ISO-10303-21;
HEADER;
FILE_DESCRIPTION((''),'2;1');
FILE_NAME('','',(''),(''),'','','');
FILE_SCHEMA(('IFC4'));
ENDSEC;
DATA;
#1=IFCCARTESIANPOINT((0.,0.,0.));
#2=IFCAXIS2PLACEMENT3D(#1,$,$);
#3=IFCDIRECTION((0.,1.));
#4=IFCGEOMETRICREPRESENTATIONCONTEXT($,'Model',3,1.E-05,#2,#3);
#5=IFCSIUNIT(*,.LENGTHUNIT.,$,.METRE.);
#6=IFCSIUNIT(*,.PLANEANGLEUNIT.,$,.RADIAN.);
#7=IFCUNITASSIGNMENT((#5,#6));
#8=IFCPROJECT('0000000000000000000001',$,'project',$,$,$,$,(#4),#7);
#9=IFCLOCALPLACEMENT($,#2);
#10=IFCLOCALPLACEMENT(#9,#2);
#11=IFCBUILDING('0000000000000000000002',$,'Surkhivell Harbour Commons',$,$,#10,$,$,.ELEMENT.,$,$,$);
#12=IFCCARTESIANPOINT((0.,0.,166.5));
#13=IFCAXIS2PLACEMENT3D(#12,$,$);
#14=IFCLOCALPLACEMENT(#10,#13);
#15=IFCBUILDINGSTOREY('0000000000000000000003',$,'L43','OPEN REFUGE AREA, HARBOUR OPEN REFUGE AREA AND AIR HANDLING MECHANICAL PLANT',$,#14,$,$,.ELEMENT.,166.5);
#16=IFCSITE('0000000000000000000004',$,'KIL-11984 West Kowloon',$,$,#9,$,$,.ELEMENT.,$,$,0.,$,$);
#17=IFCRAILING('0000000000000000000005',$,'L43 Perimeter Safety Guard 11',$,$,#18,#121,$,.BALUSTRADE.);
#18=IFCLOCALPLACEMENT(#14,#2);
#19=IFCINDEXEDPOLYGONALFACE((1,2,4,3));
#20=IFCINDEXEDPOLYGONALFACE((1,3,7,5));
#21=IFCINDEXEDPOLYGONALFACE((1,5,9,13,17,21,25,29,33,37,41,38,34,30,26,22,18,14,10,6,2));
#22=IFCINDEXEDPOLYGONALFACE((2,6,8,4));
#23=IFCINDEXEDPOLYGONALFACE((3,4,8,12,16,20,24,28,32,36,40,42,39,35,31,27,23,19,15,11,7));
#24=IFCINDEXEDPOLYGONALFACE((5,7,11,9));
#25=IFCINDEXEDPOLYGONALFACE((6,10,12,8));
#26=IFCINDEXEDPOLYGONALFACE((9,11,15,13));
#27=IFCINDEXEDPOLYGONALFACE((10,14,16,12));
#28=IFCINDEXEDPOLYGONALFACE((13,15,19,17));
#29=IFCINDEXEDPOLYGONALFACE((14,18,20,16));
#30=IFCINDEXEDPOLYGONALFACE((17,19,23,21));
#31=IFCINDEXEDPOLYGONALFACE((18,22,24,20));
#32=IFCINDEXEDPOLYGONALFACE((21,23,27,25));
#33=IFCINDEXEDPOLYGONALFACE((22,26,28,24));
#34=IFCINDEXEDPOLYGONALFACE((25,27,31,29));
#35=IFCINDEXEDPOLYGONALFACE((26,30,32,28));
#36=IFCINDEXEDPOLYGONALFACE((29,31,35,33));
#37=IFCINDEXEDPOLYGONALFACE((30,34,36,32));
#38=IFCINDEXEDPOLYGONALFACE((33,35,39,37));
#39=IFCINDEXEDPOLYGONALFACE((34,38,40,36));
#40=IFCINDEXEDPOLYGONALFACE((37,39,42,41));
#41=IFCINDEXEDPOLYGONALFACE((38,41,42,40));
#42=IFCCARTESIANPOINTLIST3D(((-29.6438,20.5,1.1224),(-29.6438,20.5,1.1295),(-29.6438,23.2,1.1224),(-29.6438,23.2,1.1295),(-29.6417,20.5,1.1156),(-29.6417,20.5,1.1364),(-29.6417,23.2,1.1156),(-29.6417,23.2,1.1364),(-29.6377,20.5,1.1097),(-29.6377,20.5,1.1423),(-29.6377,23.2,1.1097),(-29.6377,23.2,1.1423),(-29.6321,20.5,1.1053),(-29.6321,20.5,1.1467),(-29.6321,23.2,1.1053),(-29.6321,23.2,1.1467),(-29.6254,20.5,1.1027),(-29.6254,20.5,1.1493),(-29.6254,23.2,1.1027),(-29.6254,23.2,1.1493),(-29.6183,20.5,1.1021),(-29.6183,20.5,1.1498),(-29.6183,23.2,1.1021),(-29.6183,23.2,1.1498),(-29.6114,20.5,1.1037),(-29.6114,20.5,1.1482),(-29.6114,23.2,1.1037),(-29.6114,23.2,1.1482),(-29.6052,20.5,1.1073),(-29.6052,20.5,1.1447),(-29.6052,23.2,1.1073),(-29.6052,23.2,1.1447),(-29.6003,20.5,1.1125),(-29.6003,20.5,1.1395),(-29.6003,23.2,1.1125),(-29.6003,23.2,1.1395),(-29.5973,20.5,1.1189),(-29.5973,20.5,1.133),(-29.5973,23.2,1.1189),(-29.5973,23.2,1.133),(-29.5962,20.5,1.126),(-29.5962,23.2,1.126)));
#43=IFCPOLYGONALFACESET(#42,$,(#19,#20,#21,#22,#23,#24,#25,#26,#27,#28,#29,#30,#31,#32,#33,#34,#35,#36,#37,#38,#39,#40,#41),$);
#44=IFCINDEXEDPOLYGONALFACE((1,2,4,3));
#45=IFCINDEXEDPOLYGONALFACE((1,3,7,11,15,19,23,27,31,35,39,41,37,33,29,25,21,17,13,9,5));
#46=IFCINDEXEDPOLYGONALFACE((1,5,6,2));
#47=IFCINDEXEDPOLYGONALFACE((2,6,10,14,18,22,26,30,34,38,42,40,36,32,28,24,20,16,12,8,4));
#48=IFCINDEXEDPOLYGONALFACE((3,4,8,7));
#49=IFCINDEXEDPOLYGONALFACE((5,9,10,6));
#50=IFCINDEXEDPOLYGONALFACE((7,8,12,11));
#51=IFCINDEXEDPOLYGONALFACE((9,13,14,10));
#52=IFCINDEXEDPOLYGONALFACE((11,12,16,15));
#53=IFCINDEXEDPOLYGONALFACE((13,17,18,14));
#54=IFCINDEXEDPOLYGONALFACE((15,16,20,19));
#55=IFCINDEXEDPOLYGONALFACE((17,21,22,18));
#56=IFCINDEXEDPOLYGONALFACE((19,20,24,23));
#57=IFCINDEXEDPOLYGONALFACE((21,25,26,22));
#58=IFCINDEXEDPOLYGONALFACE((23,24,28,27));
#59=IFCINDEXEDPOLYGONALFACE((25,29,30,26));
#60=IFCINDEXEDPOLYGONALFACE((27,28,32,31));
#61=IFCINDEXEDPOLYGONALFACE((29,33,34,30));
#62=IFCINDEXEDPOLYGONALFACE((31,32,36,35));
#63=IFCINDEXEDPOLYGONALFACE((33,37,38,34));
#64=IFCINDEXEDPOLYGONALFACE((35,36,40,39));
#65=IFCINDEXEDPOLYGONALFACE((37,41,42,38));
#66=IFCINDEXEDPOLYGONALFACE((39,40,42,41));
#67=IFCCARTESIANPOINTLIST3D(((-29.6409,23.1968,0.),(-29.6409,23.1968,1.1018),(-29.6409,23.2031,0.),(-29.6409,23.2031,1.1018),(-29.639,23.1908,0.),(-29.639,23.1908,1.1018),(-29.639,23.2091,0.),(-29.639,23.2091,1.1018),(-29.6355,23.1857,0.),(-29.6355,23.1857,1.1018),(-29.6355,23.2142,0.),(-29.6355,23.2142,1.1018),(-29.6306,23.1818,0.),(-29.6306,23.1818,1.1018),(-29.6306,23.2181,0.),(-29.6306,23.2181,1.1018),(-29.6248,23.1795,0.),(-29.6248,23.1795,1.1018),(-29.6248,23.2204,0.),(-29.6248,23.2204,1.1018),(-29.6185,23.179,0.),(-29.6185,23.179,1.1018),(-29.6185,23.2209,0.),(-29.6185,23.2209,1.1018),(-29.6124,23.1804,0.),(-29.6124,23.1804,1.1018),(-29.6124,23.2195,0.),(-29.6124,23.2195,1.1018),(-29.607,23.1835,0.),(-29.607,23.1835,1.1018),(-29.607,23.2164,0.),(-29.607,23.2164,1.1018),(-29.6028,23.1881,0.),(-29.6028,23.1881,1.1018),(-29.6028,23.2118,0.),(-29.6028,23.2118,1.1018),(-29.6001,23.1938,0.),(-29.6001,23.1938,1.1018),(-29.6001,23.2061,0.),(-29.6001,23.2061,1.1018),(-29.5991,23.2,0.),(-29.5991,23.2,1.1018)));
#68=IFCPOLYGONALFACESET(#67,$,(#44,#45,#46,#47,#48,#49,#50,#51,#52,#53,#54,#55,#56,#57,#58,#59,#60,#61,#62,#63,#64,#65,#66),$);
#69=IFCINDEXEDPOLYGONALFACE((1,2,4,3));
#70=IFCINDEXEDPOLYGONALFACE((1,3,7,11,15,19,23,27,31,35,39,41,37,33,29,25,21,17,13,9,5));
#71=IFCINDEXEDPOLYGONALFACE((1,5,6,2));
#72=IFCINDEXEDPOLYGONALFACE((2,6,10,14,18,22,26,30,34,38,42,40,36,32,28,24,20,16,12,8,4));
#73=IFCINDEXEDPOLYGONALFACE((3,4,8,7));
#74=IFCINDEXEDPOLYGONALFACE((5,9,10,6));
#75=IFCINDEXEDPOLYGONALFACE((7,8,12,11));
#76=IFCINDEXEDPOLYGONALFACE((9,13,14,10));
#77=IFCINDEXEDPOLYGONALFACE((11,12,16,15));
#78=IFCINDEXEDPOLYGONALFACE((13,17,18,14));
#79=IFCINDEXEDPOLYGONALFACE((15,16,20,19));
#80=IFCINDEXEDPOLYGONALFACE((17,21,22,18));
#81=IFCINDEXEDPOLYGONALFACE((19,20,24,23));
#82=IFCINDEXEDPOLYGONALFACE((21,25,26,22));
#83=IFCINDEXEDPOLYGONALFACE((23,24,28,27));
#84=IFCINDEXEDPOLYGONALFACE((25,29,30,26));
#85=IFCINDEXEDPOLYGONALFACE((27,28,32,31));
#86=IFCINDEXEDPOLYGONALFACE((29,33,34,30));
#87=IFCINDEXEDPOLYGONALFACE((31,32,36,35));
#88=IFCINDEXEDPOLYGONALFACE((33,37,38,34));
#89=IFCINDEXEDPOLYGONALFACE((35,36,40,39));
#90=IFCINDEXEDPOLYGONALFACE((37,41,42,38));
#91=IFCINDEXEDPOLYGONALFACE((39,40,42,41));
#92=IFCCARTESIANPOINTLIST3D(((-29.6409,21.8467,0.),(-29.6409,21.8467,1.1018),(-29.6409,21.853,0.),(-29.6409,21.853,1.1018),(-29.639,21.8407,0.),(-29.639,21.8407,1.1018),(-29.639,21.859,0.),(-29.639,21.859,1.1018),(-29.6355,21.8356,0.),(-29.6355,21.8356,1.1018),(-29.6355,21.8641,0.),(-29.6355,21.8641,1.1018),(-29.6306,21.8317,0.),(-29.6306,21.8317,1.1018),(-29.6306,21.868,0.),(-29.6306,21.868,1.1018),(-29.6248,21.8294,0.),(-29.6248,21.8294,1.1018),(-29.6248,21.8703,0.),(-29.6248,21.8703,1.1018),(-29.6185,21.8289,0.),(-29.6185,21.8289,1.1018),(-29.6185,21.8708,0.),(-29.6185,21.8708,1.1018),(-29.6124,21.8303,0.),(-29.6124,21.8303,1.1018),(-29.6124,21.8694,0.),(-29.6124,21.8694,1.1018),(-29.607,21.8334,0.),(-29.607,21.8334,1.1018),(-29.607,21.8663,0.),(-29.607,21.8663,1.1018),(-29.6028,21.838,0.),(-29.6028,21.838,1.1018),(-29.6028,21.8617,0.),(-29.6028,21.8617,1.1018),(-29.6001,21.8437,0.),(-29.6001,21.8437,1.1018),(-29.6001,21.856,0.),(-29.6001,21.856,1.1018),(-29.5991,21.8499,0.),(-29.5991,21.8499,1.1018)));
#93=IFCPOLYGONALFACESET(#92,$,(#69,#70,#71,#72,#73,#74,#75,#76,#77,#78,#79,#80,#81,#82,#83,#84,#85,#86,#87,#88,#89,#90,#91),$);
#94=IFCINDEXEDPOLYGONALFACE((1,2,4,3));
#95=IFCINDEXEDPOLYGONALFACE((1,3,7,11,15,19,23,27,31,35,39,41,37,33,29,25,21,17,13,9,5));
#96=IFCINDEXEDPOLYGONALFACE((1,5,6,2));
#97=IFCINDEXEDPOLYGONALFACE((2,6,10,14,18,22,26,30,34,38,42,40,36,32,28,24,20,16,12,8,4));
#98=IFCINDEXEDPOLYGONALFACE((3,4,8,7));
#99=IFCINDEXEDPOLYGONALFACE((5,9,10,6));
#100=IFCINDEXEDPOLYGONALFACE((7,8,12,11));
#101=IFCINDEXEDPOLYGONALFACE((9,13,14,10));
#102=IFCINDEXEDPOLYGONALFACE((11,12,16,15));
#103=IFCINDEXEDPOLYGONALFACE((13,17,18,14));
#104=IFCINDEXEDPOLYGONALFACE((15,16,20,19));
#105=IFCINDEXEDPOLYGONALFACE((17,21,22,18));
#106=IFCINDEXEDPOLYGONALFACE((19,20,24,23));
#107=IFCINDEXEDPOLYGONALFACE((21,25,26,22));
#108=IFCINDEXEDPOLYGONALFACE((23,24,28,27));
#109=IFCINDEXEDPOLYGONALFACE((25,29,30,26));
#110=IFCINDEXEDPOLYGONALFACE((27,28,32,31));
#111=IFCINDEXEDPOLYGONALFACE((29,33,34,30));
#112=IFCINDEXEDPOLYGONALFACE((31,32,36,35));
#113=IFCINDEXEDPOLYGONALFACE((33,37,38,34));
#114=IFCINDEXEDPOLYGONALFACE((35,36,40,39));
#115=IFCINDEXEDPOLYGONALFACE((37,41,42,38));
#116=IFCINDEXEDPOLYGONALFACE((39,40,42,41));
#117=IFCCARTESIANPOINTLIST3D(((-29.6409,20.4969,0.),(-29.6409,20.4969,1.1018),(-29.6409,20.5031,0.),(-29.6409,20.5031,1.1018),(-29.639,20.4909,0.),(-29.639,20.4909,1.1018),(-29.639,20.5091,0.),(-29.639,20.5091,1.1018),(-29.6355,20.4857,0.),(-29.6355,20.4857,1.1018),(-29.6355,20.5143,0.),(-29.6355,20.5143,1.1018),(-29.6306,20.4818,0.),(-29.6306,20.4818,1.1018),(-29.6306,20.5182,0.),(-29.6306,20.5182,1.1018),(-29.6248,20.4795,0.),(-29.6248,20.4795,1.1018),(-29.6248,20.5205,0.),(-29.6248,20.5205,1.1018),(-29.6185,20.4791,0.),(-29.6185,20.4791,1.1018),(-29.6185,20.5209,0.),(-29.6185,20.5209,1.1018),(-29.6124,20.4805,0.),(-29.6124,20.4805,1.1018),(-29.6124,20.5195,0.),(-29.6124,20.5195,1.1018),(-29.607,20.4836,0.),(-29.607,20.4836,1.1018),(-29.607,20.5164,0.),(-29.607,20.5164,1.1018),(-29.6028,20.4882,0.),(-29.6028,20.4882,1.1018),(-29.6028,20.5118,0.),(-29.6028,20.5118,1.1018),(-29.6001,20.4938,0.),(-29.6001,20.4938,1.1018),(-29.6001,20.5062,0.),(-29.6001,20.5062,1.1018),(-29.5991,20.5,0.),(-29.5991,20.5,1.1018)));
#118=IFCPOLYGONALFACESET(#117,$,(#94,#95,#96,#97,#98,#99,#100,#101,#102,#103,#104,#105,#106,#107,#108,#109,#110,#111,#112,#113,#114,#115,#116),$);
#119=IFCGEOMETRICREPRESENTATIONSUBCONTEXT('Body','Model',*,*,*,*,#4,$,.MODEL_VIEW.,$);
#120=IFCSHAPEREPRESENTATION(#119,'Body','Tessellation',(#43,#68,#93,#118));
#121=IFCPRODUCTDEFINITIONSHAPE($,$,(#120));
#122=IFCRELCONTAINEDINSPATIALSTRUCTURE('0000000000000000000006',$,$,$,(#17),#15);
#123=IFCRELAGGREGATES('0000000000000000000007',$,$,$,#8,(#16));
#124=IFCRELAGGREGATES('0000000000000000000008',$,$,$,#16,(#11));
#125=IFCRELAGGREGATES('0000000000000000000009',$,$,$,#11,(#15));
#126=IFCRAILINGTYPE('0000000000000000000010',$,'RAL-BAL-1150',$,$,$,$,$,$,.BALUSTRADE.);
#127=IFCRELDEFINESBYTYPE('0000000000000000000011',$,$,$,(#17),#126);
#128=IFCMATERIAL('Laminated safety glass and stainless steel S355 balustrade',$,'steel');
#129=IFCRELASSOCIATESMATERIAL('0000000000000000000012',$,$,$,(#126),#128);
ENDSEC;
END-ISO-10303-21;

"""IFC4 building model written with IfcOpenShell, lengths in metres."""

from ifc_helpers import new_model, si_unit, direction, frame, origin, origin_2d, place, context, subcontext, project, spatial, circle, extrude, material, type_object, element, save


model = new_model("IFC4")

# Units and contexts
model_context = context("Model", 3, precision=1e-05, world=origin(), true_north=direction((0.0, 1.0)))
body_context = subcontext(model_context, "Body", "Model", "MODEL_VIEW")
ifc_project = project(units=[si_unit("LENGTHUNIT", "METRE"), si_unit("PLANEANGLEUNIT", "RADIAN")], contexts=[model_context])

# Site, building, storey
site_placement = place(None, origin())
site = spatial("IfcSite", under=ifc_project, at=site_placement, Name="KIL-11984 West Kowloon", CompositionType="ELEMENT", RefElevation=0.0)
building_placement = place(site_placement, origin())
building = spatial("IfcBuilding", under=site, at=building_placement, Name="Surkhivell Harbour Commons", CompositionType="ELEMENT")
storey_placement = place(building_placement, frame((0.0, 0.0, 166.5)))
storey = spatial("IfcBuildingStorey", under=building, at=storey_placement, Name="L43", Description="OPEN REFUGE AREA, HARBOUR OPEN REFUGE AREA AND AIR HANDLING MECHANICAL PLANT", CompositionType="ELEMENT", Elevation=166.5)

# Railing
ifc_material_1 = material(Name="Laminated safety glass and stainless steel S355 balustrade", Category="steel")
railing_type = type_object("IfcRailingType", Name="RAL-BAL-1150", PredefinedType="BALUSTRADE", material=ifc_material_1)
railing_1_placement = place(storey_placement, frame((-29.6201, 23.2, 0.0)))
element("IfcRailing", 1, at=railing_1_placement, inside=storey, type_object=railing_type, Name="L43 Perimeter Safety Guard 11", PredefinedType="BALUSTRADE", context=body_context, shape_type="SweptSolid", body=[
    extrude(circle(Radius=0.0239, at=origin_2d()), frame((0.0, 0.0, 1.126), z_axis=(0.0, -1.0, 0.0), x_axis=(1.0, 0.0, 0.0)), (0.0, 0.0, 1.0), 2.7),
    extrude(circle(Radius=0.021, at=origin_2d()), origin(), (0.0, 0.0, 1.0), 1.1018),
    extrude(circle(Radius=0.021, at=origin_2d()), frame((0.0, -1.3501, 0.0)), (0.0, 0.0, 1.0), 1.1018),
    extrude(circle(Radius=0.021, at=origin_2d()), frame((0.0, -2.7, 0.0)), (0.0, 0.0, 1.0), 1.1018),
])

save(model, "model.ifc")
